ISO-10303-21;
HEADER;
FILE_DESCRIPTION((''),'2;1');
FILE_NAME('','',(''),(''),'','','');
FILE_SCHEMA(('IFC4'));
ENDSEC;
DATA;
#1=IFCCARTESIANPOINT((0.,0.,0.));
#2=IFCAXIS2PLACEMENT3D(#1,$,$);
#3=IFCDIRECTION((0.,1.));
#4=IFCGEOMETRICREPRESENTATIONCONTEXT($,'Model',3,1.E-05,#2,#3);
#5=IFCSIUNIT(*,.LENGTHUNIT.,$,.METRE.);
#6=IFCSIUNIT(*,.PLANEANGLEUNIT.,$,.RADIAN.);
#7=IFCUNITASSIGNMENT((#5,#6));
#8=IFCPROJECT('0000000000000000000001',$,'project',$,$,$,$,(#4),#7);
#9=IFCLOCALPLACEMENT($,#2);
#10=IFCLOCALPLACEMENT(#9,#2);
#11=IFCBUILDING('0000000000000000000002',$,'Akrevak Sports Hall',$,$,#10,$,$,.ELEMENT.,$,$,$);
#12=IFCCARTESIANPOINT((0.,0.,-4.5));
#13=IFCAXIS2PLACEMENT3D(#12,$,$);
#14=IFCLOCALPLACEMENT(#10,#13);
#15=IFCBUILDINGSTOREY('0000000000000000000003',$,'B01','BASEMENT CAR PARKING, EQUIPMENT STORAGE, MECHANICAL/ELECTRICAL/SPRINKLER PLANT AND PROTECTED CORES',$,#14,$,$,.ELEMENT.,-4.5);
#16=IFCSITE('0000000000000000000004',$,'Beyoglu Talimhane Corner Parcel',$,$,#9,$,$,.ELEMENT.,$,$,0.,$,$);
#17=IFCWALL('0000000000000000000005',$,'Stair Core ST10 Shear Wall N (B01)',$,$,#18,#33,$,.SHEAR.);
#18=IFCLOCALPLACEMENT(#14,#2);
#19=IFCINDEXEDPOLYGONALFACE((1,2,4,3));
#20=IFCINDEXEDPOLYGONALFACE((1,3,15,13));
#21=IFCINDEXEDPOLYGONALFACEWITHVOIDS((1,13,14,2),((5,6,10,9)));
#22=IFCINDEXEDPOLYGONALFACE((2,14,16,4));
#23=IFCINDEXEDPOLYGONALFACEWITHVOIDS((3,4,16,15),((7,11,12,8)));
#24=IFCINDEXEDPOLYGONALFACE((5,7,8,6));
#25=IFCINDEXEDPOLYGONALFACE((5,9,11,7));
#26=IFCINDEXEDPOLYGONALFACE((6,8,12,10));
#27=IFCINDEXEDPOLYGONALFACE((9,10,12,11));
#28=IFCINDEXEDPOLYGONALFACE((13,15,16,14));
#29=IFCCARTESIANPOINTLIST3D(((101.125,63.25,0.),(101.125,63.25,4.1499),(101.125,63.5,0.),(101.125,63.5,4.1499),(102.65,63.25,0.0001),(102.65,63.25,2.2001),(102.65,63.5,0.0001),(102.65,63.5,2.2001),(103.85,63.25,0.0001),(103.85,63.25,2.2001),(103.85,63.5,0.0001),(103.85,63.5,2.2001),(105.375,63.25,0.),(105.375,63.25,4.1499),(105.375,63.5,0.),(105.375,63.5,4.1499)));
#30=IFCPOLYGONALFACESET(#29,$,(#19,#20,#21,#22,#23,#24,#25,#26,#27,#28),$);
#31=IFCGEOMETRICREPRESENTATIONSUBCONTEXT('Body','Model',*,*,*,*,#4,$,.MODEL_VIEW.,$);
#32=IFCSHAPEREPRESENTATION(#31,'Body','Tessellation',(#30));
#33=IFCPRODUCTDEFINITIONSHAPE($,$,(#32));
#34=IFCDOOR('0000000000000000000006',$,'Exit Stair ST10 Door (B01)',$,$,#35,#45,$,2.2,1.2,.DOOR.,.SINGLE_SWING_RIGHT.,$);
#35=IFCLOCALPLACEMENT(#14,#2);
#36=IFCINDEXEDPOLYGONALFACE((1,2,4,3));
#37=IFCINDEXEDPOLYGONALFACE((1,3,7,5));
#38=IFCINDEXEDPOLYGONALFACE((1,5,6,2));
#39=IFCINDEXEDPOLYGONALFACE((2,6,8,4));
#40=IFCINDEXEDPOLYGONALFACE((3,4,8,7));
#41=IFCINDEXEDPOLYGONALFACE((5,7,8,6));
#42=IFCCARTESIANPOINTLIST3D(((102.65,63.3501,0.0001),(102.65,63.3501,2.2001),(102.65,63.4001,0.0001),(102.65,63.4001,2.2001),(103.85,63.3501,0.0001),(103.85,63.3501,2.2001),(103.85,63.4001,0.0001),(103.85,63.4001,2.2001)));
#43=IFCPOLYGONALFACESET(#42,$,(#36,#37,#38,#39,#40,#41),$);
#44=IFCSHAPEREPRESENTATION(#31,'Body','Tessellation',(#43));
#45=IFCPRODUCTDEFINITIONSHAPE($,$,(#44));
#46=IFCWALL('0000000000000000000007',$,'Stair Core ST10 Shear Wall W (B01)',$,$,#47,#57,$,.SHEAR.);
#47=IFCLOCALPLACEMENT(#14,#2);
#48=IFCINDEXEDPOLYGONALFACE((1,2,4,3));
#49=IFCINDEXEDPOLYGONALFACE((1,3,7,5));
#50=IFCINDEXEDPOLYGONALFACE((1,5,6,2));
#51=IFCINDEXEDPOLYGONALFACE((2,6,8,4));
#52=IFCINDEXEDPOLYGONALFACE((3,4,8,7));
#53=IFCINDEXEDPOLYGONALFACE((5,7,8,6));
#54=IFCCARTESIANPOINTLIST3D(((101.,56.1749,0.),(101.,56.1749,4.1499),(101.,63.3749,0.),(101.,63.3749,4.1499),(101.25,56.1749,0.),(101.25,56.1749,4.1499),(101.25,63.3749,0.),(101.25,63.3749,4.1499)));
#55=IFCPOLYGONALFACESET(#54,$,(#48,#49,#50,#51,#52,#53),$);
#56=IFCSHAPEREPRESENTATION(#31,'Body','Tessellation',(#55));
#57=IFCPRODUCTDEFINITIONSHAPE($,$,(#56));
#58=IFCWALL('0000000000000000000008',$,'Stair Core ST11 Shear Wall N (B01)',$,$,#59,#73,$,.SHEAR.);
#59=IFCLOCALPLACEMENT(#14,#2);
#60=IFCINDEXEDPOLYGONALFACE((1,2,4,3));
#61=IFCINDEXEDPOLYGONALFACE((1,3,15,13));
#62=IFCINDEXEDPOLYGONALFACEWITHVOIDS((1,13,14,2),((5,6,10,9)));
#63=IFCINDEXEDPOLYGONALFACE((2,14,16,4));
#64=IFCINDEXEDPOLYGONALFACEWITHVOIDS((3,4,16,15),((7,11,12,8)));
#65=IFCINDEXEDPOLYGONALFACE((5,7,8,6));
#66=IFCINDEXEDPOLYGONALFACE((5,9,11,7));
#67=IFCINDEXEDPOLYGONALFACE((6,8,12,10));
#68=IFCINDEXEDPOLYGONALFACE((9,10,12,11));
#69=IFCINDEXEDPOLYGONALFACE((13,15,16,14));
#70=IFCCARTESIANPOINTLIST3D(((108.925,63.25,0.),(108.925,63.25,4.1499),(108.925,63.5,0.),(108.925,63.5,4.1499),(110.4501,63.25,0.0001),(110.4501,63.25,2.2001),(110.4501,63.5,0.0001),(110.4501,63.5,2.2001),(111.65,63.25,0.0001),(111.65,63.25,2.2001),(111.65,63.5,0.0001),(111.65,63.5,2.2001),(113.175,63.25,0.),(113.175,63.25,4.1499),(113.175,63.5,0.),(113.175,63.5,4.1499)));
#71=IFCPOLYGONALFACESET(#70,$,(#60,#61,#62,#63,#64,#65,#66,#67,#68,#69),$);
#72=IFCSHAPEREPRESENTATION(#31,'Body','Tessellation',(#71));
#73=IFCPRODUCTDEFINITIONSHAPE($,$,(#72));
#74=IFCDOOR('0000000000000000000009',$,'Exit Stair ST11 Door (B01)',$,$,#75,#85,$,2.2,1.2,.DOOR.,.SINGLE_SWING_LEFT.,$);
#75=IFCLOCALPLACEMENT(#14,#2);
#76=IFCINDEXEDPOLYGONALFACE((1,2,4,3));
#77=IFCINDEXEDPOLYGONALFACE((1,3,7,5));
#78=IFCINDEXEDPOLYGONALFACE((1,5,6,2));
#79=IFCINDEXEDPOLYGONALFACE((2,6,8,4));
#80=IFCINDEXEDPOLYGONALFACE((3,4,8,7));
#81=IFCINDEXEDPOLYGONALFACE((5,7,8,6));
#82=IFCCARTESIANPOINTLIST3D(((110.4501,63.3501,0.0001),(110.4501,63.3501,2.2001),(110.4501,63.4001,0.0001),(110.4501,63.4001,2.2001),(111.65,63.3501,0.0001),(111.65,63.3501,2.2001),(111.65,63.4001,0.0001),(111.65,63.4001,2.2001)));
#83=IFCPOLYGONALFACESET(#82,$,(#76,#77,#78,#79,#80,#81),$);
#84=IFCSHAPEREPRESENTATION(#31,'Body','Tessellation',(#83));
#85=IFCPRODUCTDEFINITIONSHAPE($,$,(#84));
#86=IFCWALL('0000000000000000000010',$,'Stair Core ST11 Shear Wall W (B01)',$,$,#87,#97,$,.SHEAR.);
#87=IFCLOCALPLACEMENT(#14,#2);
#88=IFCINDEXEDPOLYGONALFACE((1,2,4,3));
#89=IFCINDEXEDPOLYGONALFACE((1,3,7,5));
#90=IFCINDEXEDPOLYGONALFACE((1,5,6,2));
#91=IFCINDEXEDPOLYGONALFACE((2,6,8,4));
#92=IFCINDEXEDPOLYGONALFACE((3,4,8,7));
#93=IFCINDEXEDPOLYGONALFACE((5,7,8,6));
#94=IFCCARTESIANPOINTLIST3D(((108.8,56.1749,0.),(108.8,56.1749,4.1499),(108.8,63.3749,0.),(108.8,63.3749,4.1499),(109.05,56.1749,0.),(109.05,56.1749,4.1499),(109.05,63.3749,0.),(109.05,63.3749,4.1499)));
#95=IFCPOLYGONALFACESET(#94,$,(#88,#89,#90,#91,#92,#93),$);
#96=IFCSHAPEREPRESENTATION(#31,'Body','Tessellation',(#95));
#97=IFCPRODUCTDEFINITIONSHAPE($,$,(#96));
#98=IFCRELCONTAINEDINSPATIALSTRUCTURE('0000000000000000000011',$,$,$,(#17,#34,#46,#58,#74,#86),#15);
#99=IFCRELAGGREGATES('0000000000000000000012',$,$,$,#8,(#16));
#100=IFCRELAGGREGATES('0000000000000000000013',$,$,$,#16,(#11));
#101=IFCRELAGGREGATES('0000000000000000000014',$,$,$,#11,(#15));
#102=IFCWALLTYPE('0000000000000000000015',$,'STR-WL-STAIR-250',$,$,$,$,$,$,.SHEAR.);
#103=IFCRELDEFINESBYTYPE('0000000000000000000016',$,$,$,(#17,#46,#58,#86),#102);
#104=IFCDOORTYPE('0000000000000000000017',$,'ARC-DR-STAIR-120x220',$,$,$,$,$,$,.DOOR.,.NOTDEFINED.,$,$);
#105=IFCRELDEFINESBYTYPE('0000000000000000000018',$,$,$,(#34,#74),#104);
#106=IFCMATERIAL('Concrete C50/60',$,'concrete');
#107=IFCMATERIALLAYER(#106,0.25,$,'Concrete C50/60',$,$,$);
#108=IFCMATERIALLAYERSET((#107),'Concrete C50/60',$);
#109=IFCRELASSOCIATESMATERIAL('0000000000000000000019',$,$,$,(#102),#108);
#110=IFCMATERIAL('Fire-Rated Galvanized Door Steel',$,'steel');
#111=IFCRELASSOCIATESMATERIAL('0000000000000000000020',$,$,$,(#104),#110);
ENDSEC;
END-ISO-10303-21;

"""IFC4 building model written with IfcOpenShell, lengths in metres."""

from ifc_helpers import new_model, si_unit, direction, frame, frame_2d, origin, place, context, subcontext, project, spatial, rectangle, extrude, material, layer, layer_set, type_object, element, fill, save


model = new_model("IFC4")

# Units and contexts
model_context = context("Model", 3, precision=1e-05, world=origin(), true_north=direction((0.0, 1.0)))
body_context = subcontext(model_context, "Body", "Model", "MODEL_VIEW")
ifc_project = project(units=[si_unit("LENGTHUNIT", "METRE"), si_unit("PLANEANGLEUNIT", "RADIAN")], contexts=[model_context])

# Site, building, storey
site_placement = place(None, origin())
site = spatial("IfcSite", under=ifc_project, at=site_placement, Name="Beyoglu Talimhane Corner Parcel", CompositionType="ELEMENT", RefElevation=0.0)
building_placement = place(site_placement, origin())
building = spatial("IfcBuilding", under=site, at=building_placement, Name="Akrevak Sports Hall", CompositionType="ELEMENT")
storey_placement = place(building_placement, frame((0.0, 0.0, -4.5)))
storey = spatial("IfcBuildingStorey", under=building, at=storey_placement, Name="B01", Description="BASEMENT CAR PARKING, EQUIPMENT STORAGE, MECHANICAL/ELECTRICAL/SPRINKLER PLANT AND PROTECTED CORES", CompositionType="ELEMENT", Elevation=-4.5)

# Shared definitions
ifc_material_1 = material(Name="Concrete C50/60", Category="concrete")

# Shared definitions
ifc_layer_1 = layer(ifc_material_1, 0.25, Name="Concrete C50/60")
ifc_layer_set_1 = layer_set([ifc_layer_1], Name="Concrete C50/60")
wall_type_1 = type_object("IfcWallType", Name="STR-WL-STAIR-250", PredefinedType="SHEAR", material=ifc_layer_set_1)
ifc_material_2 = material(Name="Fire-Rated Galvanized Door Steel", Category="steel")

# Wall, opening, door
wall_1_placement = place(storey_placement, frame((105.375, 63.375, 0.0), z_axis=(0.0, 0.0, 1.0), x_axis=(-1.0, 0.0, 0.0)))
wall_1 = element("IfcWall", 1, at=wall_1_placement, inside=storey, type_object=wall_type_1, Name="Stair Core ST10 Shear Wall N (B01)", PredefinedType="SHEAR", context=body_context, shape_type="SweptSolid", body=[
    extrude(rectangle(XDim=4.25, YDim=0.25, at=frame_2d((2.125, 0.0))), origin(), (0.0, 0.0, 1.0), 4.1499),
])
opening_1_placement = place(wall_1_placement, frame((1.5249, 0.0, 0.0)))
opening_1 = element("IfcOpeningElement", 2, at=opening_1_placement, cuts=wall_1, PredefinedType="OPENING", context=body_context, shape_type="SweptSolid", body=[
    extrude(rectangle(XDim=1.2, YDim=2.2, at=frame_2d((0.6001, 1.1001))), frame((0.0, 0.137, 0.0), z_axis=(0.0, -1.0, 0.0), x_axis=(1.0, 0.0, 0.0)), (0.0, 0.0, 1.0), 0.2739),
])
door_type_1 = type_object("IfcDoorType", Name="ARC-DR-STAIR-120x220", OperationType="NOTDEFINED", PredefinedType="DOOR", material=ifc_material_2)
door_1_placement = place(opening_1_placement, origin())
door_1 = element("IfcDoor", 3, at=door_1_placement, inside=storey, type_object=door_type_1, Name="Exit Stair ST10 Door (B01)", OperationType="SINGLE_SWING_RIGHT", OverallHeight=2.2, OverallWidth=1.2, PredefinedType="DOOR", context=body_context, shape_type="SweptSolid", body=[
    extrude(rectangle(XDim=1.2, YDim=2.2, at=frame_2d((0.6001, 1.1001))), frame((0.0, 0.0249, 0.0), z_axis=(0.0, -1.0, 0.0), x_axis=(1.0, 0.0, 0.0)), (0.0, 0.0, 1.0), 0.05),
])
fill(opening_1, door_1)

# Wall
wall_2_placement = place(storey_placement, frame((101.125, 63.375, 0.0), z_axis=(0.0, 0.0, 1.0), x_axis=(0.0, -1.0, 0.0)))
element("IfcWall", 4, at=wall_2_placement, inside=storey, type_object=wall_type_1, Name="Stair Core ST10 Shear Wall W (B01)", PredefinedType="SHEAR", context=body_context, shape_type="SweptSolid", body=[
    extrude(rectangle(XDim=7.2, YDim=0.25, at=frame_2d((3.6001, 0.0))), origin(), (0.0, 0.0, 1.0), 4.1499),
])

# Wall, opening, door
wall_3_placement = place(storey_placement, frame((113.175, 63.375, 0.0), z_axis=(0.0, 0.0, 1.0), x_axis=(-1.0, 0.0, 0.0)))
wall_3 = element("IfcWall", 5, at=wall_3_placement, inside=storey, type_object=wall_type_1, Name="Stair Core ST11 Shear Wall N (B01)", PredefinedType="SHEAR", context=body_context, shape_type="SweptSolid", body=[
    extrude(rectangle(XDim=4.25, YDim=0.25, at=frame_2d((2.125, 0.0))), origin(), (0.0, 0.0, 1.0), 4.1499),
])
opening_2_placement = place(wall_3_placement, frame((1.5249, 0.0, 0.0)))
opening_2 = element("IfcOpeningElement", 6, at=opening_2_placement, cuts=wall_3, PredefinedType="OPENING", context=body_context, shape_type="SweptSolid", body=[
    extrude(rectangle(XDim=1.2, YDim=2.2, at=frame_2d((0.6001, 1.1001))), frame((0.0, 0.137, 0.0), z_axis=(0.0, -1.0, 0.0), x_axis=(1.0, 0.0, 0.0)), (0.0, 0.0, 1.0), 0.2739),
])
door_2_placement = place(opening_2_placement, origin())
door_2 = element("IfcDoor", 7, at=door_2_placement, inside=storey, type_object=door_type_1, Name="Exit Stair ST11 Door (B01)", OperationType="SINGLE_SWING_LEFT", OverallHeight=2.2, OverallWidth=1.2, PredefinedType="DOOR", context=body_context, shape_type="SweptSolid", body=[
    extrude(rectangle(XDim=1.2, YDim=2.2, at=frame_2d((0.6001, 1.1001))), frame((0.0, 0.0249, 0.0), z_axis=(0.0, -1.0, 0.0), x_axis=(1.0, 0.0, 0.0)), (0.0, 0.0, 1.0), 0.05),
])
fill(opening_2, door_2)

# Wall
wall_4_placement = place(storey_placement, frame((108.925, 63.375, 0.0), z_axis=(0.0, 0.0, 1.0), x_axis=(0.0, -1.0, 0.0)))
element("IfcWall", 8, at=wall_4_placement, inside=storey, type_object=wall_type_1, Name="Stair Core ST11 Shear Wall W (B01)", PredefinedType="SHEAR", context=body_context, shape_type="SweptSolid", body=[
    extrude(rectangle(XDim=7.2, YDim=0.25, at=frame_2d((3.6001, 0.0))), origin(), (0.0, 0.0, 1.0), 4.1499),
])

save(model, "model.ifc")
